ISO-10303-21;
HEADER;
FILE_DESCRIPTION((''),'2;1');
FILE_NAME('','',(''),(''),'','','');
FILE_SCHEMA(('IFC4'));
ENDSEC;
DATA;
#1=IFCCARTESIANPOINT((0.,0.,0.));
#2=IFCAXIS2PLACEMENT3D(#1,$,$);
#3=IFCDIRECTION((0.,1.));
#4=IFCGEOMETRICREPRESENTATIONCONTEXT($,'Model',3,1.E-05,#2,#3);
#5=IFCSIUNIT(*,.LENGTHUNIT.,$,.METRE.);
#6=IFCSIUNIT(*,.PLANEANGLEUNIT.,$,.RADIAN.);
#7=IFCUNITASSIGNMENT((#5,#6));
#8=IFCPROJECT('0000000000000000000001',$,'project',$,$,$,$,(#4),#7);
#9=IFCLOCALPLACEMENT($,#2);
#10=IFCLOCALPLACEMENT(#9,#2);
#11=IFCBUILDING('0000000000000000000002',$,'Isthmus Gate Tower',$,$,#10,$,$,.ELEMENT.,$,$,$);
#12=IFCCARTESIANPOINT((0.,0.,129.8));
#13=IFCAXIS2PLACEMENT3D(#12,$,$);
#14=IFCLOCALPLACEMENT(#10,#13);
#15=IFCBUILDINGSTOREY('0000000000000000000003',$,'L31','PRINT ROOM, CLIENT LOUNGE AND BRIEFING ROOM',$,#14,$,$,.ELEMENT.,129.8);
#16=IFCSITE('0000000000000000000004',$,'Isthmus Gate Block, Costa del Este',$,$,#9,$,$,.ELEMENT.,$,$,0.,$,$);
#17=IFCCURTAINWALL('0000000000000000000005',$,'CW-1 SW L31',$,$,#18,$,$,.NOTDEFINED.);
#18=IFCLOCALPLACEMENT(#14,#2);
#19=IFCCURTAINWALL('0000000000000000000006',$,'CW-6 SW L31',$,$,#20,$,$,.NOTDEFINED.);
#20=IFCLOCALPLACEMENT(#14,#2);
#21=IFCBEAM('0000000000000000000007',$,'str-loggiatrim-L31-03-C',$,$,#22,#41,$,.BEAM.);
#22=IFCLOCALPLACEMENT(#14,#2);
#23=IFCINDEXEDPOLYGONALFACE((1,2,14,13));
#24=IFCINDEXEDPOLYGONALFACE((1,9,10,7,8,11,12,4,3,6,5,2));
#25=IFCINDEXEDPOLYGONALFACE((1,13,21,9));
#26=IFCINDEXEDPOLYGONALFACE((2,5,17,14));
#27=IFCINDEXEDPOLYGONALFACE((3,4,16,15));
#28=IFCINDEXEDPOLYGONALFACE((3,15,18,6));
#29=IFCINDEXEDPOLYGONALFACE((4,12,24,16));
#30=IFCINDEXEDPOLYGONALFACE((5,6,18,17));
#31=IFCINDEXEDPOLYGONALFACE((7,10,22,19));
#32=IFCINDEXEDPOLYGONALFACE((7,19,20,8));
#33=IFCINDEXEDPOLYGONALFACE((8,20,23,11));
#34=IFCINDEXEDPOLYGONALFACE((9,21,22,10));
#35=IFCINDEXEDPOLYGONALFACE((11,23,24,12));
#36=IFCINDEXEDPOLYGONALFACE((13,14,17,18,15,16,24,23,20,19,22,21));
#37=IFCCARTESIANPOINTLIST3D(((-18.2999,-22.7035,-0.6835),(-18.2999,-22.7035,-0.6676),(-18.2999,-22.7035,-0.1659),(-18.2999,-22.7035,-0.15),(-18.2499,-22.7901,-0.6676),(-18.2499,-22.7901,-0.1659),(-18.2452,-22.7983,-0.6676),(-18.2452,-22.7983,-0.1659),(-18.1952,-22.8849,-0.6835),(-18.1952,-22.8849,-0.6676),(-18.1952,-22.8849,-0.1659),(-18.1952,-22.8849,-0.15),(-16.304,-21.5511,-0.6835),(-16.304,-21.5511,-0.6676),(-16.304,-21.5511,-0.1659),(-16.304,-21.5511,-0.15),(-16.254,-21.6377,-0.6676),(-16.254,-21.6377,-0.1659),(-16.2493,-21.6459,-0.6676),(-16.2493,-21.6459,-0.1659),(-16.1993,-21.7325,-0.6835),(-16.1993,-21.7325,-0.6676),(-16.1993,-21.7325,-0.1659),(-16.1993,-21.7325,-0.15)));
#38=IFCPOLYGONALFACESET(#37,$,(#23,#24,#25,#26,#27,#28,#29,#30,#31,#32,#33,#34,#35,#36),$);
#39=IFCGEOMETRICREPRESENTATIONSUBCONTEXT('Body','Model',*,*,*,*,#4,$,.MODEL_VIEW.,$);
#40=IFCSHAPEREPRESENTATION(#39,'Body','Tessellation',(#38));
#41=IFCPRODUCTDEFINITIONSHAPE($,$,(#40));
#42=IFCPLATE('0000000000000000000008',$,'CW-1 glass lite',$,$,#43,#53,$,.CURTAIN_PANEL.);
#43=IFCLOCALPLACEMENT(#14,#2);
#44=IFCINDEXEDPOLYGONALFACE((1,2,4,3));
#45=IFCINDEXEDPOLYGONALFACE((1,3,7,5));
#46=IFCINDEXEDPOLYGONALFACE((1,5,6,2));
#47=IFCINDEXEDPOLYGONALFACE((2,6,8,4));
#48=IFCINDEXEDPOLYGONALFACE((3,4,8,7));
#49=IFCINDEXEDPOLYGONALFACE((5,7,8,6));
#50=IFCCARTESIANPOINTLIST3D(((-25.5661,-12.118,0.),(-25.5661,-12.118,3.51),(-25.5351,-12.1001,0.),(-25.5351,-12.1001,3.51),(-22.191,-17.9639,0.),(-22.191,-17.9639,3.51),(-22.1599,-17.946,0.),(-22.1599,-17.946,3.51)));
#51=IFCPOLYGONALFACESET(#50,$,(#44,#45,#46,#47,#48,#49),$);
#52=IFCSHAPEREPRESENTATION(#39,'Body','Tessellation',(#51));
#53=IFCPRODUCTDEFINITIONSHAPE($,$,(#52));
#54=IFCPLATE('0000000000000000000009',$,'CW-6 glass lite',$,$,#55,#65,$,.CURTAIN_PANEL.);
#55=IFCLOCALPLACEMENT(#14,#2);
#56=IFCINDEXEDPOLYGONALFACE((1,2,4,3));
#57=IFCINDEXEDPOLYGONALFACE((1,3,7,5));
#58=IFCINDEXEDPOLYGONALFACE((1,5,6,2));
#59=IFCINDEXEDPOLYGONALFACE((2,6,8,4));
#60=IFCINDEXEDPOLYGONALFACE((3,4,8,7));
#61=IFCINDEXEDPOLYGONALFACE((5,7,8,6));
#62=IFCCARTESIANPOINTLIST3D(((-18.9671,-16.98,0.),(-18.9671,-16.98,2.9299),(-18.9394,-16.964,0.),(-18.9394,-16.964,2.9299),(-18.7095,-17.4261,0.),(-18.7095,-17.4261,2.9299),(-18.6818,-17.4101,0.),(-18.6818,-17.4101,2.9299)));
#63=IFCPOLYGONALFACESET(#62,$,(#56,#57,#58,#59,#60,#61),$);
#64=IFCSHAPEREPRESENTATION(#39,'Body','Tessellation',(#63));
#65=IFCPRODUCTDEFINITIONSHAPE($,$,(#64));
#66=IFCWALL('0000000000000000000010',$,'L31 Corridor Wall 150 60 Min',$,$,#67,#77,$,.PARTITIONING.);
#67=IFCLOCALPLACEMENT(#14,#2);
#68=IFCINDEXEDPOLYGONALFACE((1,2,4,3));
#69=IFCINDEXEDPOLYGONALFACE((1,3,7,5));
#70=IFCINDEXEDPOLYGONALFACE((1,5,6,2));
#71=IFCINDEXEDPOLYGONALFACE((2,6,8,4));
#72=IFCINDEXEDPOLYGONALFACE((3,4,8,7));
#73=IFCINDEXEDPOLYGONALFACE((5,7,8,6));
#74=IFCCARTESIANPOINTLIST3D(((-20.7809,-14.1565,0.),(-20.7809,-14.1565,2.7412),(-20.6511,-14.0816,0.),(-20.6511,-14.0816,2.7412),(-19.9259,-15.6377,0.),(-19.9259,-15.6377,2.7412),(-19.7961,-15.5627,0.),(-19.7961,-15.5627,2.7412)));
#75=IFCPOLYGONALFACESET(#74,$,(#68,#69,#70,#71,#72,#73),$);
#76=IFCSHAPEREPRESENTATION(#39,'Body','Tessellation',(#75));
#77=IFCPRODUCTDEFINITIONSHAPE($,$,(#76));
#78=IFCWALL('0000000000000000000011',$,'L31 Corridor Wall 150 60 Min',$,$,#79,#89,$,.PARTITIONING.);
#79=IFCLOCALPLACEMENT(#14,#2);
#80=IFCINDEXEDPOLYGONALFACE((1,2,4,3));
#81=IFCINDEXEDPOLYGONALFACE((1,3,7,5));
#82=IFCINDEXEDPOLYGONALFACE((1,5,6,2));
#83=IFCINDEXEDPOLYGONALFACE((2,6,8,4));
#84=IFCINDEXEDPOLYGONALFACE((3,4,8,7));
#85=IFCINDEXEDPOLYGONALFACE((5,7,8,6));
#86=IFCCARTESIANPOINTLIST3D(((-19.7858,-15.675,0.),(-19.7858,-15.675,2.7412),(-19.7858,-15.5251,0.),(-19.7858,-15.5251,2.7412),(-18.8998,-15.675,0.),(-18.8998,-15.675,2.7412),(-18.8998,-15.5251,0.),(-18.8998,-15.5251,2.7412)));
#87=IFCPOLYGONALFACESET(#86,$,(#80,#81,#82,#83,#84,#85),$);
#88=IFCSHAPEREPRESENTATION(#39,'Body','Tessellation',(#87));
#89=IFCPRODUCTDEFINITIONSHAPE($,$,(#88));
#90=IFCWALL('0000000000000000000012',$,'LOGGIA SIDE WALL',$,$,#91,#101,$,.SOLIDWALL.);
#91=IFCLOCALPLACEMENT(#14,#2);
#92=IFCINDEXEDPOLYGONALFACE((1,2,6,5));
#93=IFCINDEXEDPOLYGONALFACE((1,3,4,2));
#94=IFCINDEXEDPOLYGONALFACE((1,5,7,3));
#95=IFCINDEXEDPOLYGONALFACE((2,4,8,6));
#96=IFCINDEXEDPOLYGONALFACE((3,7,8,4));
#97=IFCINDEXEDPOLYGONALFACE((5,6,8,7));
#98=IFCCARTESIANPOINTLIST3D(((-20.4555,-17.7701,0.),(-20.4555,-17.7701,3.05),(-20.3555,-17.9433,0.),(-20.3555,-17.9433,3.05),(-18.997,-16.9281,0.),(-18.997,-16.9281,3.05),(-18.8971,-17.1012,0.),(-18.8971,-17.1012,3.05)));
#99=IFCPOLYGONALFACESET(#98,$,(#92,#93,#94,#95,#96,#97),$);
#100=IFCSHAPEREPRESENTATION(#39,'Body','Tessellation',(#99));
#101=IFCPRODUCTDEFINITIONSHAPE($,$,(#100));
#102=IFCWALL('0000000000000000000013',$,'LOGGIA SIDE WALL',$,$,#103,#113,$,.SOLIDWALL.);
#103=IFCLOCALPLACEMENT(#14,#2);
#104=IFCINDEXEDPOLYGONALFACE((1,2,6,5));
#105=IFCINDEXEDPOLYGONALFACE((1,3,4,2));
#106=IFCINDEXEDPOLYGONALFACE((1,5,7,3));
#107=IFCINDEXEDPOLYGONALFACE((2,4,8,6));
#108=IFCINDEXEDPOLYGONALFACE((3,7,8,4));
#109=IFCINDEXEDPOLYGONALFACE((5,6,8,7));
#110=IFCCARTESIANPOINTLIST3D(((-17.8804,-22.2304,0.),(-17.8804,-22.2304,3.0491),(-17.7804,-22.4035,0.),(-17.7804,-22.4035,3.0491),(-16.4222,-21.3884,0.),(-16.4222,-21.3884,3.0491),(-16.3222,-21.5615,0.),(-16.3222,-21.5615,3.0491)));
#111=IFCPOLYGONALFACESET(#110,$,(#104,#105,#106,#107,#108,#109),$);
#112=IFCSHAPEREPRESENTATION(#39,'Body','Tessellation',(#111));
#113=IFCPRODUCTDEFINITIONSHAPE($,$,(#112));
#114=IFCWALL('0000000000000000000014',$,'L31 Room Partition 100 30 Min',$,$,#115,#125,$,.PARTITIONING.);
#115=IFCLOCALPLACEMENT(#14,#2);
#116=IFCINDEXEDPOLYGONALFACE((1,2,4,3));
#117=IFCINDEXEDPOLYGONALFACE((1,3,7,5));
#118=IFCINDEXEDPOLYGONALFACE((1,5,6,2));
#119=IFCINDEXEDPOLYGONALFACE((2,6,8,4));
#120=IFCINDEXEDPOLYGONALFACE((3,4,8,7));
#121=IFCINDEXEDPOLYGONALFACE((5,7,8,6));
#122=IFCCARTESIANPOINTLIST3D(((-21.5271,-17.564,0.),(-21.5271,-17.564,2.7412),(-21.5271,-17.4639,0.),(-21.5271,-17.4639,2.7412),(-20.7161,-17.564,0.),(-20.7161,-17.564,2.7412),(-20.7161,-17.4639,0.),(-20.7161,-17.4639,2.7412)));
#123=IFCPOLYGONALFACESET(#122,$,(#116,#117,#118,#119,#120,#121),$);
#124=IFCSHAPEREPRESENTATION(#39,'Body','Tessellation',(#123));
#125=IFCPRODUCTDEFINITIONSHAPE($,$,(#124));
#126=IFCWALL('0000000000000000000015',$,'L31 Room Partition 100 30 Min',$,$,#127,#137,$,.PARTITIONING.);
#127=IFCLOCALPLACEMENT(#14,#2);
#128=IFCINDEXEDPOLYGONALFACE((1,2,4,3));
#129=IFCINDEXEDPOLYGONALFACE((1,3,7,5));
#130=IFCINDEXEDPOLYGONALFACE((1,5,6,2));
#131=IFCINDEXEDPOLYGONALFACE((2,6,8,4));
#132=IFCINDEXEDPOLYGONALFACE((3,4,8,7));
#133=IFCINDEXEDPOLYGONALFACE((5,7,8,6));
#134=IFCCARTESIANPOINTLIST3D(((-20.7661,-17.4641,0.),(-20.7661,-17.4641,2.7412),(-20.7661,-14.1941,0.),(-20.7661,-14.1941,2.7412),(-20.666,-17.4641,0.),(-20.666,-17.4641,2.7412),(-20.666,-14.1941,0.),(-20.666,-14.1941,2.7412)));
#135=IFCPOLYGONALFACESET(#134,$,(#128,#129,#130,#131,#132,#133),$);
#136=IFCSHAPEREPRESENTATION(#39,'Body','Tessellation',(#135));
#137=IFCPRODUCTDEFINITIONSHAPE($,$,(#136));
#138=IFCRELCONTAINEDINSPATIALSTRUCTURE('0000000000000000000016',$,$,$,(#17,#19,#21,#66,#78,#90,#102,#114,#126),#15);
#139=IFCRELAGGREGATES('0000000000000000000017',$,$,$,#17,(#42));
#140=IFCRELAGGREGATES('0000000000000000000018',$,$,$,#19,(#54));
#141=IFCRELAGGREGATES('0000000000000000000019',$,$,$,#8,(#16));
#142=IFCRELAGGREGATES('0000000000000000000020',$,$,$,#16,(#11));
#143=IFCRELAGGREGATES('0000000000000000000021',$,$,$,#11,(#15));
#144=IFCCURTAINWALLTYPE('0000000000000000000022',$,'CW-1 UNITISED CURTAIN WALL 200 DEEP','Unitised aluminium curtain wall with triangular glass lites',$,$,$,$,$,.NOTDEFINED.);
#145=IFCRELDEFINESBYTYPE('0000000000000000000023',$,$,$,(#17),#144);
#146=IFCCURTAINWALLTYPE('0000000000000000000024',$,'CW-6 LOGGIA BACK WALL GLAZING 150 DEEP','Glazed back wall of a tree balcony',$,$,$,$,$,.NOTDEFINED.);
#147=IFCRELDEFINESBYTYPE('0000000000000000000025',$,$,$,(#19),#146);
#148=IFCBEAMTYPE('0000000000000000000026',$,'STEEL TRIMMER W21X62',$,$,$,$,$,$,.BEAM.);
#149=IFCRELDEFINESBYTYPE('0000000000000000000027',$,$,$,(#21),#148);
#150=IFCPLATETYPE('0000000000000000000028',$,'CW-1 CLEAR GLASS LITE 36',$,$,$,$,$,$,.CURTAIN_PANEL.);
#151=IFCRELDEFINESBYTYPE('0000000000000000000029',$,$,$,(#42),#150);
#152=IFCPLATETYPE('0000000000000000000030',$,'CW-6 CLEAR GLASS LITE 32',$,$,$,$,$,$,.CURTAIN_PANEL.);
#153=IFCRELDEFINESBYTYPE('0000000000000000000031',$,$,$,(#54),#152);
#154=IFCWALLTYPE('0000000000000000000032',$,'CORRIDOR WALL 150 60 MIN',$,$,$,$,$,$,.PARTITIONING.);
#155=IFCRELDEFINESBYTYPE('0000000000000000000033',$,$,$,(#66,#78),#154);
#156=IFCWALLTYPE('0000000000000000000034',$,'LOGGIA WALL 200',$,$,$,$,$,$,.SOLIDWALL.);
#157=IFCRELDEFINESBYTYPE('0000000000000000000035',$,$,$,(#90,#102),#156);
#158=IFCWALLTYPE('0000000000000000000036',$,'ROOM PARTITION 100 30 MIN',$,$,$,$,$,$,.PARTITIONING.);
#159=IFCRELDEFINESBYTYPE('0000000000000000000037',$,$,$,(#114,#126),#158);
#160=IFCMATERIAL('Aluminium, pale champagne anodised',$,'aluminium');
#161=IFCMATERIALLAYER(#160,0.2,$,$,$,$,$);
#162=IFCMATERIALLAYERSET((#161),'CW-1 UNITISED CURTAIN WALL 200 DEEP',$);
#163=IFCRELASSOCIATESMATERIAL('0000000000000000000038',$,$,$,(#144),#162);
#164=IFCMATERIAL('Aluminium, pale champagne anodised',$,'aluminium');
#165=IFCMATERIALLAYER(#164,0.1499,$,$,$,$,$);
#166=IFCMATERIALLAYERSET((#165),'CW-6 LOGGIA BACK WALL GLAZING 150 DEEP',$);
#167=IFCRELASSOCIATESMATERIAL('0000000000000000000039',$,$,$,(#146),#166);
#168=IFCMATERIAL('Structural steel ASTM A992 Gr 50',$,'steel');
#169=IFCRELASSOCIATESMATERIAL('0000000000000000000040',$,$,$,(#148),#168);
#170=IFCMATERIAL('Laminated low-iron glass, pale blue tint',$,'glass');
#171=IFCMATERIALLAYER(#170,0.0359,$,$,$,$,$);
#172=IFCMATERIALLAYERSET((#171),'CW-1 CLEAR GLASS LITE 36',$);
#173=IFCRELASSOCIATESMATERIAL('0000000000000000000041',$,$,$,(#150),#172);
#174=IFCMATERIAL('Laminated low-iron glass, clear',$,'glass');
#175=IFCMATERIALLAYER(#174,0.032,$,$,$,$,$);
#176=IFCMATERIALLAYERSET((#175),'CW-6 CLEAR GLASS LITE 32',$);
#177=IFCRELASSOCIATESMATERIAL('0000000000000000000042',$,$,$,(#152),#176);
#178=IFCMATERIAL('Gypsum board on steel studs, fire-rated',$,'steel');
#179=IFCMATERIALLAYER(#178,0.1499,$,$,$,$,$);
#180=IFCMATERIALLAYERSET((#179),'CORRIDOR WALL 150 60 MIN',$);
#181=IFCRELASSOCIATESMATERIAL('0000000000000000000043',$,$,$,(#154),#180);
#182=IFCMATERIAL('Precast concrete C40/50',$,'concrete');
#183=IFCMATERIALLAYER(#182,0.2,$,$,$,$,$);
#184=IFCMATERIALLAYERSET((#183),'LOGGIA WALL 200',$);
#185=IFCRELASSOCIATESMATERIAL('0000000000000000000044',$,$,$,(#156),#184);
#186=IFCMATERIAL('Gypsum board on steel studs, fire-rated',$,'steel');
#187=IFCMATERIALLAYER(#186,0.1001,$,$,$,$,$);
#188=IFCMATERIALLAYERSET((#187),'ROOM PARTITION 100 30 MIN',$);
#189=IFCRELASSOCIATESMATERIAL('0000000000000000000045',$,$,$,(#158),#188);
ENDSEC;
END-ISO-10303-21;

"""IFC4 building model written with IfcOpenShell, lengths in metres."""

from ifc_helpers import new_model, si_unit, direction, frame, frame_2d, origin, origin_2d, place, context, subcontext, project, spatial, rectangle, i_section, extrude, material, layer, layer_set, material_profile, profile_set, type_object, element, aggregate, save


model = new_model("IFC4")

# Units and contexts
model_context = context("Model", 3, precision=1e-05, world=origin(), true_north=direction((0.0, 1.0)))
body_context = subcontext(model_context, "Body", "Model", "MODEL_VIEW")
ifc_project = project(units=[si_unit("LENGTHUNIT", "METRE"), si_unit("PLANEANGLEUNIT", "RADIAN")], contexts=[model_context])

# Site, building, storey
site_placement = place(None, origin())
site = spatial("IfcSite", under=ifc_project, at=site_placement, Name="Isthmus Gate Block, Costa del Este", CompositionType="ELEMENT", RefElevation=0.0)
building_placement = place(site_placement, origin())
building = spatial("IfcBuilding", under=site, at=building_placement, Name="Isthmus Gate Tower", CompositionType="ELEMENT")
storey_placement = place(building_placement, frame((0.0, 0.0, 129.8)))
storey = spatial("IfcBuildingStorey", under=building, at=storey_placement, Name="L31", Description="PRINT ROOM, CLIENT LOUNGE AND BRIEFING ROOM", CompositionType="ELEMENT", Elevation=129.8)

# Curtain walls
ifc_material_1 = material(Name="Aluminium, pale champagne anodised", Category="aluminium")
ifc_layer_1 = layer(ifc_material_1, 0.2)
ifc_layer_set_1 = layer_set([ifc_layer_1], Name="CW-1 UNITISED CURTAIN WALL 200 DEEP")
curtain_wall_type_1 = type_object("IfcCurtainWallType", Name="CW-1 UNITISED CURTAIN WALL 200 DEEP", Description="Unitised aluminium curtain wall with triangular glass lites", PredefinedType="NOTDEFINED", material=ifc_layer_set_1)
curtain_wall_1_placement = place(storey_placement, origin())
curtain_wall_1 = element("IfcCurtainWall", 1, at=curtain_wall_1_placement, inside=storey, type_object=curtain_wall_type_1, Name="CW-1 SW L31", PredefinedType="NOTDEFINED")
ifc_material_2 = material(Name="Aluminium, pale champagne anodised", Category="aluminium")
ifc_layer_2 = layer(ifc_material_2, 0.1499)
ifc_layer_set_2 = layer_set([ifc_layer_2], Name="CW-6 LOGGIA BACK WALL GLAZING 150 DEEP")
curtain_wall_type_2 = type_object("IfcCurtainWallType", Name="CW-6 LOGGIA BACK WALL GLAZING 150 DEEP", Description="Glazed back wall of a tree balcony", PredefinedType="NOTDEFINED", material=ifc_layer_set_2)
curtain_wall_2_placement = place(storey_placement, origin())
curtain_wall_2 = element("IfcCurtainWall", 2, at=curtain_wall_2_placement, inside=storey, type_object=curtain_wall_type_2, Name="CW-6 SW L31", PredefinedType="NOTDEFINED")

# Beam
ifc_material_3 = material(Name="Structural steel ASTM A992 Gr 50", Category="steel")
ifc_material_profile_1 = material_profile(ifc_material_3, i_section(OverallWidth=0.2095, OverallDepth=0.5334, WebThickness=0.0095, FlangeThickness=0.0159, at=origin_2d()), Name="W21X62")
ifc_profile_set_1 = profile_set([ifc_material_profile_1], Name="Structural steel ASTM A992 Gr 50")
beam_type_1 = type_object("IfcBeamType", Name="STEEL TRIMMER W21X62", PredefinedType="BEAM", material=ifc_profile_set_1)
for number, where, z_axis, x_axis, name in (
    (3, (-18.2476, -22.7942, -0.4167), (0.866018, 0.500013, 0.0), (-0.500013, 0.866018, 0.0), "str-loggiatrim-L31-03-C"),
):
    element("IfcBeam", number, at=place(storey_placement, frame(where, z_axis=z_axis, x_axis=x_axis)), inside=storey, type_object=beam_type_1, Name=name, PredefinedType="BEAM", context=body_context, shape_type="SweptSolid", body=[
        extrude(i_section(OverallWidth=0.2095, OverallDepth=0.5334, WebThickness=0.0095, FlangeThickness=0.0159, at=origin_2d()), origin(), (0.0, 0.0, 1.0), 2.3047),
    ])

# Plates
ifc_material_4 = material(Name="Laminated low-iron glass, pale blue tint", Category="glass")
ifc_layer_3 = layer(ifc_material_4, 0.0359)
ifc_layer_set_3 = layer_set([ifc_layer_3], Name="CW-1 CLEAR GLASS LITE 36")
plate_type_1 = type_object("IfcPlateType", Name="CW-1 CLEAR GLASS LITE 36", PredefinedType="CURTAIN_PANEL", material=ifc_layer_set_3)
plate_1_placement = place(storey_placement, frame((-23.863, -15.032, 0.0), z_axis=(0.0, 0.0, 1.0), x_axis=(0.5, -0.866025, 0.0)))
plate_1 = element("IfcPlate", 4, at=plate_1_placement, type_object=plate_type_1, Name="CW-1 glass lite", PredefinedType="CURTAIN_PANEL", context=body_context, shape_type="SweptSolid", body=[
    extrude(rectangle(XDim=6.7502, YDim=0.0359, at=origin_2d()), origin(), (0.0, 0.0, 1.0), 3.51),
])
aggregate(curtain_wall_1, [plate_1])
ifc_material_5 = material(Name="Laminated low-iron glass, clear", Category="glass")
ifc_layer_4 = layer(ifc_material_5, 0.032)
ifc_layer_set_4 = layer_set([ifc_layer_4], Name="CW-6 CLEAR GLASS LITE 32")
plate_type_2 = type_object("IfcPlateType", Name="CW-6 CLEAR GLASS LITE 32", PredefinedType="CURTAIN_PANEL", material=ifc_layer_set_4)
plate_2_placement = place(storey_placement, frame((-18.8245, -17.1951, 0.0), z_axis=(0.0, 0.0, 1.0), x_axis=(0.5, -0.866025, 0.0)))
plate_2 = element("IfcPlate", 5, at=plate_2_placement, type_object=plate_type_2, Name="CW-6 glass lite", PredefinedType="CURTAIN_PANEL", context=body_context, shape_type="SweptSolid", body=[
    extrude(rectangle(XDim=0.5151, YDim=0.032, at=origin_2d()), origin(), (0.0, 0.0, 1.0), 2.9299),
])
aggregate(curtain_wall_2, [plate_2])

# Walls
ifc_material_6 = material(Name="Gypsum board on steel studs, fire-rated", Category="steel")
ifc_layer_5 = layer(ifc_material_6, 0.1499)
ifc_layer_set_5 = layer_set([ifc_layer_5], Name="CORRIDOR WALL 150 60 MIN")
wall_type_1 = type_object("IfcWallType", Name="CORRIDOR WALL 150 60 MIN", PredefinedType="PARTITIONING", material=ifc_layer_set_5)
wall_1_placement = place(storey_placement, frame((-19.8611, -15.6001, 0.0), z_axis=(0.0, 0.0, 1.0), x_axis=(-0.499916, 0.866074, 0.0)))
element("IfcWall", 6, at=wall_1_placement, inside=storey, type_object=wall_type_1, Name="L31 Corridor Wall 150 60 Min", PredefinedType="PARTITIONING", context=body_context, shape_type="SweptSolid", body=[
    extrude(rectangle(XDim=1.7102, YDim=0.1499, at=frame_2d((0.855, 0.0))), origin(), (0.0, 0.0, 1.0), 2.7412),
])
wall_2_placement = place(storey_placement, frame((-18.8999, -15.6001, 0.0), z_axis=(0.0, 0.0, 1.0), x_axis=(-1.0, 0.0, 0.0)))
element("IfcWall", 7, at=wall_2_placement, inside=storey, type_object=wall_type_1, Name="L31 Corridor Wall 150 60 Min", PredefinedType="PARTITIONING", context=body_context, shape_type="SweptSolid", body=[
    extrude(rectangle(XDim=0.886, YDim=0.1499, at=frame_2d((0.4429, 0.0))), origin(), (0.0, 0.0, 1.0), 2.7412),
])

# Shared definitions
ifc_material_7 = material(Name="Precast concrete C40/50", Category="concrete")
ifc_layer_6 = layer(ifc_material_7, 0.2)
ifc_layer_set_6 = layer_set([ifc_layer_6], Name="LOGGIA WALL 200")
wall_type_2 = type_object("IfcWallType", Name="LOGGIA WALL 200", PredefinedType="SOLIDWALL", material=ifc_layer_set_6)

# Walls
wall_3_placement = place(storey_placement, frame((-20.4055, -17.8567, 0.0), z_axis=(0.0, 0.0, 1.0), x_axis=(0.866031, 0.49999, 0.0)))
element("IfcWall", 8, at=wall_3_placement, inside=storey, type_object=wall_type_2, Name="LOGGIA SIDE WALL", PredefinedType="SOLIDWALL", context=body_context, shape_type="SweptSolid", body=[
    extrude(rectangle(XDim=1.6841, YDim=0.2, at=frame_2d((0.842, 0.0))), origin(), (0.0, 0.0, 1.0), 3.05),
])
wall_4_placement = place(storey_placement, frame((-17.8303, -22.3169, 0.0), z_axis=(0.0, 0.0, 1.0), x_axis=(0.865995, 0.500053, 0.0)))
element("IfcWall", 9, at=wall_4_placement, inside=storey, type_object=wall_type_2, Name="LOGGIA SIDE WALL", PredefinedType="SOLIDWALL", context=body_context, shape_type="SweptSolid", body=[
    extrude(rectangle(XDim=1.6838, YDim=0.2, at=frame_2d((0.8418, 0.0))), origin(), (0.0, 0.0, 1.0), 3.0491),
])
ifc_material_8 = material(Name="Gypsum board on steel studs, fire-rated", Category="steel")
ifc_layer_7 = layer(ifc_material_8, 0.1001)
ifc_layer_set_7 = layer_set([ifc_layer_7], Name="ROOM PARTITION 100 30 MIN")
wall_type_3 = type_object("IfcWallType", Name="ROOM PARTITION 100 30 MIN", PredefinedType="PARTITIONING", material=ifc_layer_set_7)
wall_5_placement = place(storey_placement, frame((-21.5271, -17.5139, 0.0), z_axis=(0.0, 0.0, 1.0), x_axis=(1.0, 0.0, 0.0)))
element("IfcWall", 10, at=wall_5_placement, inside=storey, type_object=wall_type_3, Name="L31 Room Partition 100 30 Min", PredefinedType="PARTITIONING", context=body_context, shape_type="SweptSolid", body=[
    extrude(rectangle(XDim=0.811, YDim=0.1001, at=frame_2d((0.4055, 0.0))), origin(), (0.0, 0.0, 1.0), 2.7412),
])
wall_6_placement = place(storey_placement, frame((-20.7161, -17.4641, 0.0), z_axis=(0.0, 0.0, 1.0), x_axis=(0.0, 1.0, 0.0)))
element("IfcWall", 11, at=wall_6_placement, inside=storey, type_object=wall_type_3, Name="L31 Room Partition 100 30 Min", PredefinedType="PARTITIONING", context=body_context, shape_type="SweptSolid", body=[
    extrude(rectangle(XDim=3.27, YDim=0.1001, at=frame_2d((1.635, 0.0))), origin(), (0.0, 0.0, 1.0), 2.7412),
])

save(model, "model.ifc")
